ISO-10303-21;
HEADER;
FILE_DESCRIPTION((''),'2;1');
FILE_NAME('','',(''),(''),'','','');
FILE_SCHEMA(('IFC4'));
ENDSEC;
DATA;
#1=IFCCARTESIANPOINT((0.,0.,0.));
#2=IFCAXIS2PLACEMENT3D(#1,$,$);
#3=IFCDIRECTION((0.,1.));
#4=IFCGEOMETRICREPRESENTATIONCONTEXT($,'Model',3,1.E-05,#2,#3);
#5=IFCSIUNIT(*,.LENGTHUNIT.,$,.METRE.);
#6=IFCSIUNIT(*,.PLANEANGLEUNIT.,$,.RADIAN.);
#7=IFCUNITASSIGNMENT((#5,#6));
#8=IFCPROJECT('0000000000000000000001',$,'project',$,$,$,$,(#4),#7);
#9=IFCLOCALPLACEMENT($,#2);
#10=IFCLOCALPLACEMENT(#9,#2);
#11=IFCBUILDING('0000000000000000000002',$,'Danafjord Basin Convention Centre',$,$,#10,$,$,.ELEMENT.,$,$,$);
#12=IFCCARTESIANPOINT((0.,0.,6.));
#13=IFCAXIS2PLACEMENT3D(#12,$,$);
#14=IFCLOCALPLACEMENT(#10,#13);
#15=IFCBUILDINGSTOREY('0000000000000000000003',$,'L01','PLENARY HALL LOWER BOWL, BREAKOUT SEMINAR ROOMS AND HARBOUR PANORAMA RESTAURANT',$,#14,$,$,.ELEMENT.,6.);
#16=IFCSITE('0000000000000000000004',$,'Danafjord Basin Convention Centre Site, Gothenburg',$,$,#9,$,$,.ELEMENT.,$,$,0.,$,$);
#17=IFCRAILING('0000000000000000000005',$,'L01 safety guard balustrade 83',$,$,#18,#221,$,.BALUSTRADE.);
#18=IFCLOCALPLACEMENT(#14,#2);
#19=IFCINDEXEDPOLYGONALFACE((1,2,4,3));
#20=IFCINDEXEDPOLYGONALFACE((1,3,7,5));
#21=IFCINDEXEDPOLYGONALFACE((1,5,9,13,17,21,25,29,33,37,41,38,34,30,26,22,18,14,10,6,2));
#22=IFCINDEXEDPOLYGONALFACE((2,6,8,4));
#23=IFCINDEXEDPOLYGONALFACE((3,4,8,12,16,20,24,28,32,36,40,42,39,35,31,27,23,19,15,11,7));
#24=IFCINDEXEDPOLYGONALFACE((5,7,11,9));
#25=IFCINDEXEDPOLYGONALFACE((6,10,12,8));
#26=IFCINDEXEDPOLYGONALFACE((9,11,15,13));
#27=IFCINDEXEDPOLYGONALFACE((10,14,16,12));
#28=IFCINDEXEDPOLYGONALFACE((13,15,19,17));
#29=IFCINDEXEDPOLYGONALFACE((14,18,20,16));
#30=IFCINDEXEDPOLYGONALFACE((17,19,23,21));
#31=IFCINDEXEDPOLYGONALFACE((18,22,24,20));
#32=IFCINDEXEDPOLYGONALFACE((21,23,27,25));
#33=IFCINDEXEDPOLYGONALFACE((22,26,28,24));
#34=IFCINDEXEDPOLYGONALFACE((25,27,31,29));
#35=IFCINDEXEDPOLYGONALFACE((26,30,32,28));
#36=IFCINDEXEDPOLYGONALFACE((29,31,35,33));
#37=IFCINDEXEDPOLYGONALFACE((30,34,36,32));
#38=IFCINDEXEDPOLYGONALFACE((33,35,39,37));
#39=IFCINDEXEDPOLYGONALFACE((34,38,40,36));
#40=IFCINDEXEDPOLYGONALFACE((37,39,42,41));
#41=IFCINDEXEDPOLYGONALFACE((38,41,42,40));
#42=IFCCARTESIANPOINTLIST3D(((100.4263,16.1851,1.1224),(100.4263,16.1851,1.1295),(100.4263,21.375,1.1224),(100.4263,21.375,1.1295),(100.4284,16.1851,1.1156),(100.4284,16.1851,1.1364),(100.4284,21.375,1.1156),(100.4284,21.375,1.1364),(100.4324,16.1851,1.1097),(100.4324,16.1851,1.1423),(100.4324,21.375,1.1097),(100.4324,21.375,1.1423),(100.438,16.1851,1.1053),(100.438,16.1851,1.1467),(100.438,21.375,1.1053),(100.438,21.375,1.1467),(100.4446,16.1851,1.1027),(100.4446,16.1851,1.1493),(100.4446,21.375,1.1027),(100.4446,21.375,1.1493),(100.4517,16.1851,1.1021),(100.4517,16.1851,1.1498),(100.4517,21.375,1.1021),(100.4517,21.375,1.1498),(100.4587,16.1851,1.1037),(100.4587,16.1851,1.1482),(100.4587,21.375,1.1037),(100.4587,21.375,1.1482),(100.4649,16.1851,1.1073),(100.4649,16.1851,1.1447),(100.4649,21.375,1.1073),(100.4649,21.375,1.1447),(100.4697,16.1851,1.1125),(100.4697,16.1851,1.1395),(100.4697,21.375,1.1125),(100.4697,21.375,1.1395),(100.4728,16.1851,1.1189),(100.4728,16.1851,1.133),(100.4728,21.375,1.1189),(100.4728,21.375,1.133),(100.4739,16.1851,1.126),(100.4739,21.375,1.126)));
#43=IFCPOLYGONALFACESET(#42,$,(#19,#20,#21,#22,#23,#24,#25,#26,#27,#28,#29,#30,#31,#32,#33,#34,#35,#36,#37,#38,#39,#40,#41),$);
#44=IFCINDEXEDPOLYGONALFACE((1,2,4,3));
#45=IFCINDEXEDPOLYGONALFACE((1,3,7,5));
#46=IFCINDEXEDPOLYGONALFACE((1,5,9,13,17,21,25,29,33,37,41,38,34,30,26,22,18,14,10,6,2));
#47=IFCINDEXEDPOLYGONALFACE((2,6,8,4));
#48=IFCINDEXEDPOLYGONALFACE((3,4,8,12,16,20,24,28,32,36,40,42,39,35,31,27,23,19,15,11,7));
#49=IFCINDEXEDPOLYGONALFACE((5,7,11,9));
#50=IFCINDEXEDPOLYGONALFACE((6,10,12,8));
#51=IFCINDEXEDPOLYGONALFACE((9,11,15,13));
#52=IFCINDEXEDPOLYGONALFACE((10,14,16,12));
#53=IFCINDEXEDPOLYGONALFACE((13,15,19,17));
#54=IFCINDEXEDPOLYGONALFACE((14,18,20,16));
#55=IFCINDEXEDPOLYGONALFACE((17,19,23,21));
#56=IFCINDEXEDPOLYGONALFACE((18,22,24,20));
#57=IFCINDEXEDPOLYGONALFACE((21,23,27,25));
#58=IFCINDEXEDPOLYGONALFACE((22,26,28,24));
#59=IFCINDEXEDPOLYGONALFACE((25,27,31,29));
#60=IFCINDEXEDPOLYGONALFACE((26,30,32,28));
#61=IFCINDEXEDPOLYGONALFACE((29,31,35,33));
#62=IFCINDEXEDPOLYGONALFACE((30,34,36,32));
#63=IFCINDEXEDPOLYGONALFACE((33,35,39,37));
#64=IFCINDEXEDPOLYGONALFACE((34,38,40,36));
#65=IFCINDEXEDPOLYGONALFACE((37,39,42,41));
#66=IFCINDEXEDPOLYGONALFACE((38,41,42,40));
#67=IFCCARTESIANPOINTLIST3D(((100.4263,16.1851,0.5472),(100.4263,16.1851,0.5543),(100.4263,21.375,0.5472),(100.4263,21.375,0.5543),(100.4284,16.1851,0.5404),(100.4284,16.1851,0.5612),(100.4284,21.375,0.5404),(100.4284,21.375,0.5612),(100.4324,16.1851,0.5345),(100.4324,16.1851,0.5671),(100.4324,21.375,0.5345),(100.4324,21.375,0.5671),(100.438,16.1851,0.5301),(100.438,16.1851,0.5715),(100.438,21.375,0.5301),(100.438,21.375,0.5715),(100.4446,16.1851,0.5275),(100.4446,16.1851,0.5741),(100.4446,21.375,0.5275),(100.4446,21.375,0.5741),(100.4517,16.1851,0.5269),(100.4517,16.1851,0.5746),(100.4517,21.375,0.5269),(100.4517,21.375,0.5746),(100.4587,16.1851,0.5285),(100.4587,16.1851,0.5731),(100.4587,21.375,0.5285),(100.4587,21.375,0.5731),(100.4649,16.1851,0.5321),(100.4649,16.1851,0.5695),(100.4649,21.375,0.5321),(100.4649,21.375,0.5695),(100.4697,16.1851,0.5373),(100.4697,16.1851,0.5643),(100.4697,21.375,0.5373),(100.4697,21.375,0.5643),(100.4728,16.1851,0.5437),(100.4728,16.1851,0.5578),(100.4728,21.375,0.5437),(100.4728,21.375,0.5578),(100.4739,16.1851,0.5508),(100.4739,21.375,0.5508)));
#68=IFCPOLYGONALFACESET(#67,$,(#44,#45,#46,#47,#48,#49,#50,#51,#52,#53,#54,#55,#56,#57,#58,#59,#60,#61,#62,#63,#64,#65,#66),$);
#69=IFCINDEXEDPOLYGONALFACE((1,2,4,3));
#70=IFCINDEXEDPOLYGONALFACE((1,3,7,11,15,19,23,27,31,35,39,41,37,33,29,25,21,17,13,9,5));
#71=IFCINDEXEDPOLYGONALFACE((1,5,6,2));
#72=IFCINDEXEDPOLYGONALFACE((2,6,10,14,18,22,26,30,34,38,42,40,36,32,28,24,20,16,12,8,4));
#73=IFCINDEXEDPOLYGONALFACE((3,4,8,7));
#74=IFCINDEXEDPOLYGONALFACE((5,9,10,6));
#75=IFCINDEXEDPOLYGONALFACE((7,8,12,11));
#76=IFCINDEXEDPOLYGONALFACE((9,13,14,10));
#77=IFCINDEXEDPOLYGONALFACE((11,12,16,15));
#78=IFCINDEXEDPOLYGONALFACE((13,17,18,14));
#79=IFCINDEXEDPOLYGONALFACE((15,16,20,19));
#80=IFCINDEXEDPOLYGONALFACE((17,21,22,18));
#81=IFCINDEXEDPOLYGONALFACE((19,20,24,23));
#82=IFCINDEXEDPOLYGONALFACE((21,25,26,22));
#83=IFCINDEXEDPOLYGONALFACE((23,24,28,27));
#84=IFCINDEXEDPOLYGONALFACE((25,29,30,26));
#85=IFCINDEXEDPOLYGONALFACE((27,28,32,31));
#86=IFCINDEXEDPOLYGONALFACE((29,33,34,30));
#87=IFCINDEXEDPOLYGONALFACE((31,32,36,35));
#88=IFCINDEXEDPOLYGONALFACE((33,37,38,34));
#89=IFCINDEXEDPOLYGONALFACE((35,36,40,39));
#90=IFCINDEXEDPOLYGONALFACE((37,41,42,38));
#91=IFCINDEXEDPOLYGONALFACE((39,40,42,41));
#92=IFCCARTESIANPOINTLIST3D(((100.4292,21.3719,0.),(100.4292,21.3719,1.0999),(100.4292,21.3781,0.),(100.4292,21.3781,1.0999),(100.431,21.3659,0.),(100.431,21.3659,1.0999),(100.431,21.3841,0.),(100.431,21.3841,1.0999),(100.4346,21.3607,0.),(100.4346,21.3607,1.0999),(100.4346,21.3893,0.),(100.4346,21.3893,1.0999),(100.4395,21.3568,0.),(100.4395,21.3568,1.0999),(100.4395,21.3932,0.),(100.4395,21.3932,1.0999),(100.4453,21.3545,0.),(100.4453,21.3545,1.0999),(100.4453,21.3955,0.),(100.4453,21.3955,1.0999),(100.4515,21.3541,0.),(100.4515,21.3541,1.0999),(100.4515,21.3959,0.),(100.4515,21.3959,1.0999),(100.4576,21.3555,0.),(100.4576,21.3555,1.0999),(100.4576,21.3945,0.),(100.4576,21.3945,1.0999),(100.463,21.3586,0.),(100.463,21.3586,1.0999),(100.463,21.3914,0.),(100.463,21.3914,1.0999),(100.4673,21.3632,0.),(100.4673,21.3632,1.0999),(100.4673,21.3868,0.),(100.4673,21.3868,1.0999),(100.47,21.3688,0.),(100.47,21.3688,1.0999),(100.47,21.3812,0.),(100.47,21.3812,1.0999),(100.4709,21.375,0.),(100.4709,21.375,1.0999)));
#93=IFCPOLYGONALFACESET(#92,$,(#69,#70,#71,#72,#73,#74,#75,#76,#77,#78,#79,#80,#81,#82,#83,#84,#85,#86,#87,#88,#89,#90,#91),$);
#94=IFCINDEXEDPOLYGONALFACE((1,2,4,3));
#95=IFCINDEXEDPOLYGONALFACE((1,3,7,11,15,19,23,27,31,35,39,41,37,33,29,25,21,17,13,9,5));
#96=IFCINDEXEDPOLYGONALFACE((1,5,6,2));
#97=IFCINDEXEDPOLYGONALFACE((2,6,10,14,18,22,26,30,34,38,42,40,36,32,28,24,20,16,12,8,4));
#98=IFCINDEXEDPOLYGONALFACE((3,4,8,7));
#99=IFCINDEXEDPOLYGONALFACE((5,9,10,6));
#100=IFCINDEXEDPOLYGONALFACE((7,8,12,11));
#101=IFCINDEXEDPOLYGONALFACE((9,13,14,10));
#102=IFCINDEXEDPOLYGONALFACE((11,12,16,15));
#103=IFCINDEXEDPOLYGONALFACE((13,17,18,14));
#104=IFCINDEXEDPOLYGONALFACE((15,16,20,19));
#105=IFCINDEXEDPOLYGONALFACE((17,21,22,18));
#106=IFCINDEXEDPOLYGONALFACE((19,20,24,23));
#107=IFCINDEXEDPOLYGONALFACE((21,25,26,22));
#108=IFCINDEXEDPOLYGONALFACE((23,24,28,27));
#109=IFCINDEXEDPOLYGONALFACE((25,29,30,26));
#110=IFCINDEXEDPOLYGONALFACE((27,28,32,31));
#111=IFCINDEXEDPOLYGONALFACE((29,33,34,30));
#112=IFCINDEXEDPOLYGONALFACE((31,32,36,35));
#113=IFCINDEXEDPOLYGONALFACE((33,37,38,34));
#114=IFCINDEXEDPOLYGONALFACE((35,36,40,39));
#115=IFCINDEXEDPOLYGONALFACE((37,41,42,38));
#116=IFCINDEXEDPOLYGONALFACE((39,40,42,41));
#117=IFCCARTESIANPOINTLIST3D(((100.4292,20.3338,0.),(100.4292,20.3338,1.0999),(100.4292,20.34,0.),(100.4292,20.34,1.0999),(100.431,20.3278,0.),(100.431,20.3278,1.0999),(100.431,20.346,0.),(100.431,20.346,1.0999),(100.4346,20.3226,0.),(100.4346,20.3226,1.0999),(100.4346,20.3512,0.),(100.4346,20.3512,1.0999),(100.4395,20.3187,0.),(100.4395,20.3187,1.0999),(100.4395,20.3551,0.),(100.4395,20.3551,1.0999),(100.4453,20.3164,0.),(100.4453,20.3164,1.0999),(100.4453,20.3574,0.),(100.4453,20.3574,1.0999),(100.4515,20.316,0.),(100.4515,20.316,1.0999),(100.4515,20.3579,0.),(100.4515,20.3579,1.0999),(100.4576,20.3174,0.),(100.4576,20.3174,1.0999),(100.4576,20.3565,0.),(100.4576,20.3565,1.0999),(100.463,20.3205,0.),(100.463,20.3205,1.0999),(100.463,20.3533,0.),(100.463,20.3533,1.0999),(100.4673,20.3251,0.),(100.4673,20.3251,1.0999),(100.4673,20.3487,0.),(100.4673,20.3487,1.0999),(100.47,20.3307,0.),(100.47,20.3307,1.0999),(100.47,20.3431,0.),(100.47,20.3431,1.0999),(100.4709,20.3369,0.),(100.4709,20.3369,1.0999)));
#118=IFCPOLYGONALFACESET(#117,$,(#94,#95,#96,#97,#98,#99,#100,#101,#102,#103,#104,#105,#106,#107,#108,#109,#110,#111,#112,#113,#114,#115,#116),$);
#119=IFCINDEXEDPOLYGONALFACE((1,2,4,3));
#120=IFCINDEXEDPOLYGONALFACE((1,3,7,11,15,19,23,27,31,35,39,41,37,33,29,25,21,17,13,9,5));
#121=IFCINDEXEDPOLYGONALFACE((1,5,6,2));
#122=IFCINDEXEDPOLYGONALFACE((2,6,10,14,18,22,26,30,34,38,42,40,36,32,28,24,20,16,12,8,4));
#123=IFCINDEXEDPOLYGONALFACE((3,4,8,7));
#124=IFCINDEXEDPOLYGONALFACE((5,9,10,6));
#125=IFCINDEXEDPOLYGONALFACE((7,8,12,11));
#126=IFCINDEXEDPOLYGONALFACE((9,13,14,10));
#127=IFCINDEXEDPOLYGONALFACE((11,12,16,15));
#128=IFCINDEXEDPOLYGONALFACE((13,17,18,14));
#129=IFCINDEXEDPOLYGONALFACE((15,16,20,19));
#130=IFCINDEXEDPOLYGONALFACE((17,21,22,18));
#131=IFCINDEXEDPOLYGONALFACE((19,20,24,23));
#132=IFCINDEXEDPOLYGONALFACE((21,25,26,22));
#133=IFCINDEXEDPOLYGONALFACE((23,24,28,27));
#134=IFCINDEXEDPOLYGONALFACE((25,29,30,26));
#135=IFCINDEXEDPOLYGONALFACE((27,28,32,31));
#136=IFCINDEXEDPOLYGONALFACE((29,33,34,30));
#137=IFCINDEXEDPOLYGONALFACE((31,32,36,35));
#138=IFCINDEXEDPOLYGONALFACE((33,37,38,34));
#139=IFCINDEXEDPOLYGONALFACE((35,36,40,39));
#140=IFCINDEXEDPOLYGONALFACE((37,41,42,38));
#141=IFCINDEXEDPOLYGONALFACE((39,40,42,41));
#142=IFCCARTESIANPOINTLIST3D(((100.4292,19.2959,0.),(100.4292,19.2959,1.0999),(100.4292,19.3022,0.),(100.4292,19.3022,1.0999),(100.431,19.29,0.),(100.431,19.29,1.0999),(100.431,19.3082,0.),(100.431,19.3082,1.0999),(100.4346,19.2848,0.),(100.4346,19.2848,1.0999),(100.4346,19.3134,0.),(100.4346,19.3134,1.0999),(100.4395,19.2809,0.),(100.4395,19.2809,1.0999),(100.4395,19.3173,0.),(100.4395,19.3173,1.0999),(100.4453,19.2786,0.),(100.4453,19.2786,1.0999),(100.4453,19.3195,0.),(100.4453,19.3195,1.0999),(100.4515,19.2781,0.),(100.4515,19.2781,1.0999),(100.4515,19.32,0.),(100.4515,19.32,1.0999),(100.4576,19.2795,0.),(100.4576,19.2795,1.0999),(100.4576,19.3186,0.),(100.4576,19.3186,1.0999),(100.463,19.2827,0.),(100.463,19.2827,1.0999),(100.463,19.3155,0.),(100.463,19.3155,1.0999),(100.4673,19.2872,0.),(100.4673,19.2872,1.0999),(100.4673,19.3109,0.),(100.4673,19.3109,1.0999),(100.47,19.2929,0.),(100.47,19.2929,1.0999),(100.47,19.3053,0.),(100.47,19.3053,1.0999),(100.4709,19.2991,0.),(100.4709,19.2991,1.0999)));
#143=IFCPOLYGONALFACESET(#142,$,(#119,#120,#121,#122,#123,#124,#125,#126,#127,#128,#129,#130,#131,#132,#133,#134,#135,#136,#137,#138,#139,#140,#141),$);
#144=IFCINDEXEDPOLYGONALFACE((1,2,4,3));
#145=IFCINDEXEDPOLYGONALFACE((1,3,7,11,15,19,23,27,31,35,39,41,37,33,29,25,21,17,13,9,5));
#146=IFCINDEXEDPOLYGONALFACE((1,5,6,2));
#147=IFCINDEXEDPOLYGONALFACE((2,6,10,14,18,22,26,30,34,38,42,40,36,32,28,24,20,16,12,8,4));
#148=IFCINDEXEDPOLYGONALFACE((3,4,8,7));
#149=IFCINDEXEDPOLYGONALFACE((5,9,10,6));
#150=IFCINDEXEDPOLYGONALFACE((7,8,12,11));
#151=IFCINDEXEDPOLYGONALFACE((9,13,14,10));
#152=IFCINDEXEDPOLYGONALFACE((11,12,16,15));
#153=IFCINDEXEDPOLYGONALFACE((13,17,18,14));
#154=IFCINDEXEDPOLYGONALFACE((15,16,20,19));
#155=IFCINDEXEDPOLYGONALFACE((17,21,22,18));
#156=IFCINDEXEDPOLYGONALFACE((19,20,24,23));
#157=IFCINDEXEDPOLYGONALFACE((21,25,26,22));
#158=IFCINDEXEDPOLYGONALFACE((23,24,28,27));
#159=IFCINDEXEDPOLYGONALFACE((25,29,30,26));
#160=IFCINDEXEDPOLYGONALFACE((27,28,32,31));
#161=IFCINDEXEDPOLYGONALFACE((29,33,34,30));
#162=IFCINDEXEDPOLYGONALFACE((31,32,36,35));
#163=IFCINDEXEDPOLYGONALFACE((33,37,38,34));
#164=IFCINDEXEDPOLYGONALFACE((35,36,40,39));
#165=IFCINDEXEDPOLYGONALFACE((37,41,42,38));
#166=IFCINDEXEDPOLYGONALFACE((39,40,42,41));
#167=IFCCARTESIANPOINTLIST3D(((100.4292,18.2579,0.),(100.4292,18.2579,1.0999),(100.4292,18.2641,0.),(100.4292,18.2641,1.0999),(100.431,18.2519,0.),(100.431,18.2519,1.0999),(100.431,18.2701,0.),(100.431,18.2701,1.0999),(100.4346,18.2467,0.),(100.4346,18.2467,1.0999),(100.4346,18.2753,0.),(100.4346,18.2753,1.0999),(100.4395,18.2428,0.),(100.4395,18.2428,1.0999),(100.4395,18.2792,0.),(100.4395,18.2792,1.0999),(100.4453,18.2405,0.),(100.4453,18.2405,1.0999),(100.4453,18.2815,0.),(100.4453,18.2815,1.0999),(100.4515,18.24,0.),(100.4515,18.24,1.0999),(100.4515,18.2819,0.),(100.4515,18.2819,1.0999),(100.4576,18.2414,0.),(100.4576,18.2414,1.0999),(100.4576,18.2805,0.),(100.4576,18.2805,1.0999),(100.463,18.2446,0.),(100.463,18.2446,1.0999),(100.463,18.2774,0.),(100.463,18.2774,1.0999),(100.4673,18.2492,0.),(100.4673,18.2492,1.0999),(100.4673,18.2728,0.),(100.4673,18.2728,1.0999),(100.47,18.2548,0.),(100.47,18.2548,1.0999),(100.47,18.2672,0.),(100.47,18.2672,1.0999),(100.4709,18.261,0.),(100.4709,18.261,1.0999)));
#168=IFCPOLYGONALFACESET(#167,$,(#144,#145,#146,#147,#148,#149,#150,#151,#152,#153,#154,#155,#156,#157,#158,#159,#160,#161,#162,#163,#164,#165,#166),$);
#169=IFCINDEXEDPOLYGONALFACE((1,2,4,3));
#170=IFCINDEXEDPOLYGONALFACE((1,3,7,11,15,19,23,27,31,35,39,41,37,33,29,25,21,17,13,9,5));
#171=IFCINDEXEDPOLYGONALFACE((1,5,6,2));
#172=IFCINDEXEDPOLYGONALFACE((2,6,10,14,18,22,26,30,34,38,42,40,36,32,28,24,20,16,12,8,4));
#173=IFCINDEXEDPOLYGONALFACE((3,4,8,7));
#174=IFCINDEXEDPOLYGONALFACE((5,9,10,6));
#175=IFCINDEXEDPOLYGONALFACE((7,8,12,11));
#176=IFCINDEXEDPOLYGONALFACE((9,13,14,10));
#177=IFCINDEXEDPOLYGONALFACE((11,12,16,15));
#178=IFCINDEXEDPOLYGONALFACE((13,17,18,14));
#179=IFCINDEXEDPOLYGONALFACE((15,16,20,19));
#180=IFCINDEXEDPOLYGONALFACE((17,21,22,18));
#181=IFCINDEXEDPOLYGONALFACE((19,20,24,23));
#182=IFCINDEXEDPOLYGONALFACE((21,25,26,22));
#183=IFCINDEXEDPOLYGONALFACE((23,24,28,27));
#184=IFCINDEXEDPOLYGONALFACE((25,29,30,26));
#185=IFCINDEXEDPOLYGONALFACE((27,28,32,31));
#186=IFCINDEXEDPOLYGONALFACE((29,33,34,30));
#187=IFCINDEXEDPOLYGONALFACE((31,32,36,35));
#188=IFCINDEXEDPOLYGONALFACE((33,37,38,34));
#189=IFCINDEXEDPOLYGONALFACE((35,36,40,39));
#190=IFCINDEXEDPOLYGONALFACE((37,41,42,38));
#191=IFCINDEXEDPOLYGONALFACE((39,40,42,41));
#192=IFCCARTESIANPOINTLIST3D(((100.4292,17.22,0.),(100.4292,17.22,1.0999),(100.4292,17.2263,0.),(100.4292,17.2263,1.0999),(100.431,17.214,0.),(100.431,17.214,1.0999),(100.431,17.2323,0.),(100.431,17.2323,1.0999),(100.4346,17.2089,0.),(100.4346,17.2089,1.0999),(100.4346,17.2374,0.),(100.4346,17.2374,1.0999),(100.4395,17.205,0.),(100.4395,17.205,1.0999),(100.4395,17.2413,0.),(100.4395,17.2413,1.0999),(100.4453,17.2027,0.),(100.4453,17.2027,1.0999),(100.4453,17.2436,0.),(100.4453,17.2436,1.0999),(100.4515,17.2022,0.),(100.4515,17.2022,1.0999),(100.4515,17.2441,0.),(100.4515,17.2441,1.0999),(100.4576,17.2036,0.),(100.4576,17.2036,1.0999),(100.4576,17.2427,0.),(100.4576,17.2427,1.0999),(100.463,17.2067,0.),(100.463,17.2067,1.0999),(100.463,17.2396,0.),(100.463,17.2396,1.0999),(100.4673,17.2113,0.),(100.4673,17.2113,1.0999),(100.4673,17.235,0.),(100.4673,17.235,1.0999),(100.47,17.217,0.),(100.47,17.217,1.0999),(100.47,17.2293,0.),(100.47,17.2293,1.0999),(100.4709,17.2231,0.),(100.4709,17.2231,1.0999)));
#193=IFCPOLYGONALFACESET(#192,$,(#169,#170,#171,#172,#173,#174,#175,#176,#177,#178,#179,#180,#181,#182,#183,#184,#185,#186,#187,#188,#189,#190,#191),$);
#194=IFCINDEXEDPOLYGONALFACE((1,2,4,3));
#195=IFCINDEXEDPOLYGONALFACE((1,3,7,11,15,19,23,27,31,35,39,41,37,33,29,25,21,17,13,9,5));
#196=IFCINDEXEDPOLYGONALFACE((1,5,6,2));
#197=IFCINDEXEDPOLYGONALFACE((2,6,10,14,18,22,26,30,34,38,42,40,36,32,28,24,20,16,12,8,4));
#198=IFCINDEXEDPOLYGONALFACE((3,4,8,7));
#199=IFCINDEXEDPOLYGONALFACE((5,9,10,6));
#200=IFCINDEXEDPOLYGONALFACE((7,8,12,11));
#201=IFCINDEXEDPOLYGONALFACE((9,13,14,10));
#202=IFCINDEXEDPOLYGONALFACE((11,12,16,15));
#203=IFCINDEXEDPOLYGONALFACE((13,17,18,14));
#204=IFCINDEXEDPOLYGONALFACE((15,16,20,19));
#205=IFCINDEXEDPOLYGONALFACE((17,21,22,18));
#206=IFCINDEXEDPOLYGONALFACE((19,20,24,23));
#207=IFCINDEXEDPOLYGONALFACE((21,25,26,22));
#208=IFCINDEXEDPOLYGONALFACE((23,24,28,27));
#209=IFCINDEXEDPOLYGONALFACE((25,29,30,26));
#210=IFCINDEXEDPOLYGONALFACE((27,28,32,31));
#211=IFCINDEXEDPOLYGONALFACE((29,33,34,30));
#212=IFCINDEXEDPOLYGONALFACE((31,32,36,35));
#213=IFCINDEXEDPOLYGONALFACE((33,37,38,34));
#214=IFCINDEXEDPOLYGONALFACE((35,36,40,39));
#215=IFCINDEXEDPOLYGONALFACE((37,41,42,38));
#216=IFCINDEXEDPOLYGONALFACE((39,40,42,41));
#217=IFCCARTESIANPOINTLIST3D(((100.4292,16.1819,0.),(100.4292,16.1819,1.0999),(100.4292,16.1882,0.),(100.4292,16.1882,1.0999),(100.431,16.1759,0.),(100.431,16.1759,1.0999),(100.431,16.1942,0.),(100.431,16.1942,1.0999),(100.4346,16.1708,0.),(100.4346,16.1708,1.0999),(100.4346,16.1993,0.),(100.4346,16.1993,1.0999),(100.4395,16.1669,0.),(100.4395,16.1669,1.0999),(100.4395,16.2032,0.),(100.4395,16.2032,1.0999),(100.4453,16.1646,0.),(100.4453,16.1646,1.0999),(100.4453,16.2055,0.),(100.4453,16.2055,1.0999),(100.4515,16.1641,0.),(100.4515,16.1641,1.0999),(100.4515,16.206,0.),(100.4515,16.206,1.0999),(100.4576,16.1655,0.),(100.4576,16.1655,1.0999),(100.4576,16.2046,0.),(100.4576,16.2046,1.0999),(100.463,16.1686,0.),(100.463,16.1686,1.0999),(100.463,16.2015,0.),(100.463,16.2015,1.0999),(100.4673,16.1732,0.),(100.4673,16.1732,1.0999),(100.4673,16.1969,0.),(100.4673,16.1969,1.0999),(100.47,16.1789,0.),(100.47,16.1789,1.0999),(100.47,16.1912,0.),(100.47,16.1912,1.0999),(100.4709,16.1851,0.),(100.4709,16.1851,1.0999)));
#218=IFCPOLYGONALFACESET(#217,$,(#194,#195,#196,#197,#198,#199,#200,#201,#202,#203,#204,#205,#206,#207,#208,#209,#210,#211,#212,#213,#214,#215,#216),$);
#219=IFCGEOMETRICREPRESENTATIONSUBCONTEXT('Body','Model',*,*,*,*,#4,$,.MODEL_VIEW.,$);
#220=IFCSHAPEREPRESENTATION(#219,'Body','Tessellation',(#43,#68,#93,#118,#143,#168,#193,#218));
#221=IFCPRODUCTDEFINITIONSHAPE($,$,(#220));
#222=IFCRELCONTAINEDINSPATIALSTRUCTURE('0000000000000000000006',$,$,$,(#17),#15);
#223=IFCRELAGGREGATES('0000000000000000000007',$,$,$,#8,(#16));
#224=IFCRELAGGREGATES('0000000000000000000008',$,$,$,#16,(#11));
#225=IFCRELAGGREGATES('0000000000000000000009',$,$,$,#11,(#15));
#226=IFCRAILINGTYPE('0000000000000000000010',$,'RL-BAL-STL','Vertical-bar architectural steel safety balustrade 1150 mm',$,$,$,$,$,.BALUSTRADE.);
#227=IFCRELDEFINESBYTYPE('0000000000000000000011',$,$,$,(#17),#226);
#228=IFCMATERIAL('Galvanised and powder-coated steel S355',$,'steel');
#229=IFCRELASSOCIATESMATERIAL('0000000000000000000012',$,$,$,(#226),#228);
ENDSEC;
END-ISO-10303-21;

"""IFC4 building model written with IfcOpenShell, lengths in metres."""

from ifc_helpers import new_model, si_unit, direction, frame, origin, origin_2d, place, context, subcontext, project, spatial, circle, extrude, material, type_object, element, save


model = new_model("IFC4")

# Units and contexts
model_context = context("Model", 3, precision=1e-05, world=origin(), true_north=direction((0.0, 1.0)))
body_context = subcontext(model_context, "Body", "Model", "MODEL_VIEW")
ifc_project = project(units=[si_unit("LENGTHUNIT", "METRE"), si_unit("PLANEANGLEUNIT", "RADIAN")], contexts=[model_context])

# Site, building, storey
site_placement = place(None, origin())
site = spatial("IfcSite", under=ifc_project, at=site_placement, Name="Danafjord Basin Convention Centre Site, Gothenburg", CompositionType="ELEMENT", RefElevation=0.0)
building_placement = place(site_placement, origin())
building = spatial("IfcBuilding", under=site, at=building_placement, Name="Danafjord Basin Convention Centre", CompositionType="ELEMENT")
storey_placement = place(building_placement, frame((0.0, 0.0, 6.0)))
storey = spatial("IfcBuildingStorey", under=building, at=storey_placement, Name="L01", Description="PLENARY HALL LOWER BOWL, BREAKOUT SEMINAR ROOMS AND HARBOUR PANORAMA RESTAURANT", CompositionType="ELEMENT", Elevation=6.0)

# Railing
ifc_material_1 = material(Name="Galvanised and powder-coated steel S355", Category="steel")
railing_type_1 = type_object("IfcRailingType", Name="RL-BAL-STL", Description="Vertical-bar architectural steel safety balustrade 1150 mm", PredefinedType="BALUSTRADE", material=ifc_material_1)
railing_1_placement = place(storey_placement, frame((100.45, 21.375, 0.0)))
element("IfcRailing", 1, at=railing_1_placement, inside=storey, type_object=railing_type_1, Name="L01 safety guard balustrade 83", PredefinedType="BALUSTRADE", context=body_context, shape_type="SweptSolid", body=[
    extrude(circle(Radius=0.0239, at=origin_2d()), frame((0.0, 0.0, 1.126), z_axis=(0.0, -1.0, 0.0), x_axis=(1.0, 0.0, 0.0)), (0.0, 0.0, 1.0), 5.1899),
    extrude(circle(Radius=0.0239, at=origin_2d()), frame((0.0, 0.0, 0.5508), z_axis=(0.0, -1.0, 0.0), x_axis=(1.0, 0.0, 0.0)), (0.0, 0.0, 1.0), 5.1899),
    extrude(circle(Radius=0.021, at=origin_2d()), origin(), (0.0, 0.0, 1.0), 1.0999),
    extrude(circle(Radius=0.021, at=origin_2d()), frame((0.0, -1.0381, 0.0)), (0.0, 0.0, 1.0), 1.0999),
    extrude(circle(Radius=0.021, at=origin_2d()), frame((0.0, -2.0759, 0.0)), (0.0, 0.0, 1.0), 1.0999),
    extrude(circle(Radius=0.021, at=origin_2d()), frame((0.0, -3.114, 0.0)), (0.0, 0.0, 1.0), 1.0999),
    extrude(circle(Radius=0.021, at=origin_2d()), frame((0.0, -4.1519, 0.0)), (0.0, 0.0, 1.0), 1.0999),
    extrude(circle(Radius=0.021, at=origin_2d()), frame((0.0, -5.1899, 0.0)), (0.0, 0.0, 1.0), 1.0999),
])

save(model, "model.ifc")
